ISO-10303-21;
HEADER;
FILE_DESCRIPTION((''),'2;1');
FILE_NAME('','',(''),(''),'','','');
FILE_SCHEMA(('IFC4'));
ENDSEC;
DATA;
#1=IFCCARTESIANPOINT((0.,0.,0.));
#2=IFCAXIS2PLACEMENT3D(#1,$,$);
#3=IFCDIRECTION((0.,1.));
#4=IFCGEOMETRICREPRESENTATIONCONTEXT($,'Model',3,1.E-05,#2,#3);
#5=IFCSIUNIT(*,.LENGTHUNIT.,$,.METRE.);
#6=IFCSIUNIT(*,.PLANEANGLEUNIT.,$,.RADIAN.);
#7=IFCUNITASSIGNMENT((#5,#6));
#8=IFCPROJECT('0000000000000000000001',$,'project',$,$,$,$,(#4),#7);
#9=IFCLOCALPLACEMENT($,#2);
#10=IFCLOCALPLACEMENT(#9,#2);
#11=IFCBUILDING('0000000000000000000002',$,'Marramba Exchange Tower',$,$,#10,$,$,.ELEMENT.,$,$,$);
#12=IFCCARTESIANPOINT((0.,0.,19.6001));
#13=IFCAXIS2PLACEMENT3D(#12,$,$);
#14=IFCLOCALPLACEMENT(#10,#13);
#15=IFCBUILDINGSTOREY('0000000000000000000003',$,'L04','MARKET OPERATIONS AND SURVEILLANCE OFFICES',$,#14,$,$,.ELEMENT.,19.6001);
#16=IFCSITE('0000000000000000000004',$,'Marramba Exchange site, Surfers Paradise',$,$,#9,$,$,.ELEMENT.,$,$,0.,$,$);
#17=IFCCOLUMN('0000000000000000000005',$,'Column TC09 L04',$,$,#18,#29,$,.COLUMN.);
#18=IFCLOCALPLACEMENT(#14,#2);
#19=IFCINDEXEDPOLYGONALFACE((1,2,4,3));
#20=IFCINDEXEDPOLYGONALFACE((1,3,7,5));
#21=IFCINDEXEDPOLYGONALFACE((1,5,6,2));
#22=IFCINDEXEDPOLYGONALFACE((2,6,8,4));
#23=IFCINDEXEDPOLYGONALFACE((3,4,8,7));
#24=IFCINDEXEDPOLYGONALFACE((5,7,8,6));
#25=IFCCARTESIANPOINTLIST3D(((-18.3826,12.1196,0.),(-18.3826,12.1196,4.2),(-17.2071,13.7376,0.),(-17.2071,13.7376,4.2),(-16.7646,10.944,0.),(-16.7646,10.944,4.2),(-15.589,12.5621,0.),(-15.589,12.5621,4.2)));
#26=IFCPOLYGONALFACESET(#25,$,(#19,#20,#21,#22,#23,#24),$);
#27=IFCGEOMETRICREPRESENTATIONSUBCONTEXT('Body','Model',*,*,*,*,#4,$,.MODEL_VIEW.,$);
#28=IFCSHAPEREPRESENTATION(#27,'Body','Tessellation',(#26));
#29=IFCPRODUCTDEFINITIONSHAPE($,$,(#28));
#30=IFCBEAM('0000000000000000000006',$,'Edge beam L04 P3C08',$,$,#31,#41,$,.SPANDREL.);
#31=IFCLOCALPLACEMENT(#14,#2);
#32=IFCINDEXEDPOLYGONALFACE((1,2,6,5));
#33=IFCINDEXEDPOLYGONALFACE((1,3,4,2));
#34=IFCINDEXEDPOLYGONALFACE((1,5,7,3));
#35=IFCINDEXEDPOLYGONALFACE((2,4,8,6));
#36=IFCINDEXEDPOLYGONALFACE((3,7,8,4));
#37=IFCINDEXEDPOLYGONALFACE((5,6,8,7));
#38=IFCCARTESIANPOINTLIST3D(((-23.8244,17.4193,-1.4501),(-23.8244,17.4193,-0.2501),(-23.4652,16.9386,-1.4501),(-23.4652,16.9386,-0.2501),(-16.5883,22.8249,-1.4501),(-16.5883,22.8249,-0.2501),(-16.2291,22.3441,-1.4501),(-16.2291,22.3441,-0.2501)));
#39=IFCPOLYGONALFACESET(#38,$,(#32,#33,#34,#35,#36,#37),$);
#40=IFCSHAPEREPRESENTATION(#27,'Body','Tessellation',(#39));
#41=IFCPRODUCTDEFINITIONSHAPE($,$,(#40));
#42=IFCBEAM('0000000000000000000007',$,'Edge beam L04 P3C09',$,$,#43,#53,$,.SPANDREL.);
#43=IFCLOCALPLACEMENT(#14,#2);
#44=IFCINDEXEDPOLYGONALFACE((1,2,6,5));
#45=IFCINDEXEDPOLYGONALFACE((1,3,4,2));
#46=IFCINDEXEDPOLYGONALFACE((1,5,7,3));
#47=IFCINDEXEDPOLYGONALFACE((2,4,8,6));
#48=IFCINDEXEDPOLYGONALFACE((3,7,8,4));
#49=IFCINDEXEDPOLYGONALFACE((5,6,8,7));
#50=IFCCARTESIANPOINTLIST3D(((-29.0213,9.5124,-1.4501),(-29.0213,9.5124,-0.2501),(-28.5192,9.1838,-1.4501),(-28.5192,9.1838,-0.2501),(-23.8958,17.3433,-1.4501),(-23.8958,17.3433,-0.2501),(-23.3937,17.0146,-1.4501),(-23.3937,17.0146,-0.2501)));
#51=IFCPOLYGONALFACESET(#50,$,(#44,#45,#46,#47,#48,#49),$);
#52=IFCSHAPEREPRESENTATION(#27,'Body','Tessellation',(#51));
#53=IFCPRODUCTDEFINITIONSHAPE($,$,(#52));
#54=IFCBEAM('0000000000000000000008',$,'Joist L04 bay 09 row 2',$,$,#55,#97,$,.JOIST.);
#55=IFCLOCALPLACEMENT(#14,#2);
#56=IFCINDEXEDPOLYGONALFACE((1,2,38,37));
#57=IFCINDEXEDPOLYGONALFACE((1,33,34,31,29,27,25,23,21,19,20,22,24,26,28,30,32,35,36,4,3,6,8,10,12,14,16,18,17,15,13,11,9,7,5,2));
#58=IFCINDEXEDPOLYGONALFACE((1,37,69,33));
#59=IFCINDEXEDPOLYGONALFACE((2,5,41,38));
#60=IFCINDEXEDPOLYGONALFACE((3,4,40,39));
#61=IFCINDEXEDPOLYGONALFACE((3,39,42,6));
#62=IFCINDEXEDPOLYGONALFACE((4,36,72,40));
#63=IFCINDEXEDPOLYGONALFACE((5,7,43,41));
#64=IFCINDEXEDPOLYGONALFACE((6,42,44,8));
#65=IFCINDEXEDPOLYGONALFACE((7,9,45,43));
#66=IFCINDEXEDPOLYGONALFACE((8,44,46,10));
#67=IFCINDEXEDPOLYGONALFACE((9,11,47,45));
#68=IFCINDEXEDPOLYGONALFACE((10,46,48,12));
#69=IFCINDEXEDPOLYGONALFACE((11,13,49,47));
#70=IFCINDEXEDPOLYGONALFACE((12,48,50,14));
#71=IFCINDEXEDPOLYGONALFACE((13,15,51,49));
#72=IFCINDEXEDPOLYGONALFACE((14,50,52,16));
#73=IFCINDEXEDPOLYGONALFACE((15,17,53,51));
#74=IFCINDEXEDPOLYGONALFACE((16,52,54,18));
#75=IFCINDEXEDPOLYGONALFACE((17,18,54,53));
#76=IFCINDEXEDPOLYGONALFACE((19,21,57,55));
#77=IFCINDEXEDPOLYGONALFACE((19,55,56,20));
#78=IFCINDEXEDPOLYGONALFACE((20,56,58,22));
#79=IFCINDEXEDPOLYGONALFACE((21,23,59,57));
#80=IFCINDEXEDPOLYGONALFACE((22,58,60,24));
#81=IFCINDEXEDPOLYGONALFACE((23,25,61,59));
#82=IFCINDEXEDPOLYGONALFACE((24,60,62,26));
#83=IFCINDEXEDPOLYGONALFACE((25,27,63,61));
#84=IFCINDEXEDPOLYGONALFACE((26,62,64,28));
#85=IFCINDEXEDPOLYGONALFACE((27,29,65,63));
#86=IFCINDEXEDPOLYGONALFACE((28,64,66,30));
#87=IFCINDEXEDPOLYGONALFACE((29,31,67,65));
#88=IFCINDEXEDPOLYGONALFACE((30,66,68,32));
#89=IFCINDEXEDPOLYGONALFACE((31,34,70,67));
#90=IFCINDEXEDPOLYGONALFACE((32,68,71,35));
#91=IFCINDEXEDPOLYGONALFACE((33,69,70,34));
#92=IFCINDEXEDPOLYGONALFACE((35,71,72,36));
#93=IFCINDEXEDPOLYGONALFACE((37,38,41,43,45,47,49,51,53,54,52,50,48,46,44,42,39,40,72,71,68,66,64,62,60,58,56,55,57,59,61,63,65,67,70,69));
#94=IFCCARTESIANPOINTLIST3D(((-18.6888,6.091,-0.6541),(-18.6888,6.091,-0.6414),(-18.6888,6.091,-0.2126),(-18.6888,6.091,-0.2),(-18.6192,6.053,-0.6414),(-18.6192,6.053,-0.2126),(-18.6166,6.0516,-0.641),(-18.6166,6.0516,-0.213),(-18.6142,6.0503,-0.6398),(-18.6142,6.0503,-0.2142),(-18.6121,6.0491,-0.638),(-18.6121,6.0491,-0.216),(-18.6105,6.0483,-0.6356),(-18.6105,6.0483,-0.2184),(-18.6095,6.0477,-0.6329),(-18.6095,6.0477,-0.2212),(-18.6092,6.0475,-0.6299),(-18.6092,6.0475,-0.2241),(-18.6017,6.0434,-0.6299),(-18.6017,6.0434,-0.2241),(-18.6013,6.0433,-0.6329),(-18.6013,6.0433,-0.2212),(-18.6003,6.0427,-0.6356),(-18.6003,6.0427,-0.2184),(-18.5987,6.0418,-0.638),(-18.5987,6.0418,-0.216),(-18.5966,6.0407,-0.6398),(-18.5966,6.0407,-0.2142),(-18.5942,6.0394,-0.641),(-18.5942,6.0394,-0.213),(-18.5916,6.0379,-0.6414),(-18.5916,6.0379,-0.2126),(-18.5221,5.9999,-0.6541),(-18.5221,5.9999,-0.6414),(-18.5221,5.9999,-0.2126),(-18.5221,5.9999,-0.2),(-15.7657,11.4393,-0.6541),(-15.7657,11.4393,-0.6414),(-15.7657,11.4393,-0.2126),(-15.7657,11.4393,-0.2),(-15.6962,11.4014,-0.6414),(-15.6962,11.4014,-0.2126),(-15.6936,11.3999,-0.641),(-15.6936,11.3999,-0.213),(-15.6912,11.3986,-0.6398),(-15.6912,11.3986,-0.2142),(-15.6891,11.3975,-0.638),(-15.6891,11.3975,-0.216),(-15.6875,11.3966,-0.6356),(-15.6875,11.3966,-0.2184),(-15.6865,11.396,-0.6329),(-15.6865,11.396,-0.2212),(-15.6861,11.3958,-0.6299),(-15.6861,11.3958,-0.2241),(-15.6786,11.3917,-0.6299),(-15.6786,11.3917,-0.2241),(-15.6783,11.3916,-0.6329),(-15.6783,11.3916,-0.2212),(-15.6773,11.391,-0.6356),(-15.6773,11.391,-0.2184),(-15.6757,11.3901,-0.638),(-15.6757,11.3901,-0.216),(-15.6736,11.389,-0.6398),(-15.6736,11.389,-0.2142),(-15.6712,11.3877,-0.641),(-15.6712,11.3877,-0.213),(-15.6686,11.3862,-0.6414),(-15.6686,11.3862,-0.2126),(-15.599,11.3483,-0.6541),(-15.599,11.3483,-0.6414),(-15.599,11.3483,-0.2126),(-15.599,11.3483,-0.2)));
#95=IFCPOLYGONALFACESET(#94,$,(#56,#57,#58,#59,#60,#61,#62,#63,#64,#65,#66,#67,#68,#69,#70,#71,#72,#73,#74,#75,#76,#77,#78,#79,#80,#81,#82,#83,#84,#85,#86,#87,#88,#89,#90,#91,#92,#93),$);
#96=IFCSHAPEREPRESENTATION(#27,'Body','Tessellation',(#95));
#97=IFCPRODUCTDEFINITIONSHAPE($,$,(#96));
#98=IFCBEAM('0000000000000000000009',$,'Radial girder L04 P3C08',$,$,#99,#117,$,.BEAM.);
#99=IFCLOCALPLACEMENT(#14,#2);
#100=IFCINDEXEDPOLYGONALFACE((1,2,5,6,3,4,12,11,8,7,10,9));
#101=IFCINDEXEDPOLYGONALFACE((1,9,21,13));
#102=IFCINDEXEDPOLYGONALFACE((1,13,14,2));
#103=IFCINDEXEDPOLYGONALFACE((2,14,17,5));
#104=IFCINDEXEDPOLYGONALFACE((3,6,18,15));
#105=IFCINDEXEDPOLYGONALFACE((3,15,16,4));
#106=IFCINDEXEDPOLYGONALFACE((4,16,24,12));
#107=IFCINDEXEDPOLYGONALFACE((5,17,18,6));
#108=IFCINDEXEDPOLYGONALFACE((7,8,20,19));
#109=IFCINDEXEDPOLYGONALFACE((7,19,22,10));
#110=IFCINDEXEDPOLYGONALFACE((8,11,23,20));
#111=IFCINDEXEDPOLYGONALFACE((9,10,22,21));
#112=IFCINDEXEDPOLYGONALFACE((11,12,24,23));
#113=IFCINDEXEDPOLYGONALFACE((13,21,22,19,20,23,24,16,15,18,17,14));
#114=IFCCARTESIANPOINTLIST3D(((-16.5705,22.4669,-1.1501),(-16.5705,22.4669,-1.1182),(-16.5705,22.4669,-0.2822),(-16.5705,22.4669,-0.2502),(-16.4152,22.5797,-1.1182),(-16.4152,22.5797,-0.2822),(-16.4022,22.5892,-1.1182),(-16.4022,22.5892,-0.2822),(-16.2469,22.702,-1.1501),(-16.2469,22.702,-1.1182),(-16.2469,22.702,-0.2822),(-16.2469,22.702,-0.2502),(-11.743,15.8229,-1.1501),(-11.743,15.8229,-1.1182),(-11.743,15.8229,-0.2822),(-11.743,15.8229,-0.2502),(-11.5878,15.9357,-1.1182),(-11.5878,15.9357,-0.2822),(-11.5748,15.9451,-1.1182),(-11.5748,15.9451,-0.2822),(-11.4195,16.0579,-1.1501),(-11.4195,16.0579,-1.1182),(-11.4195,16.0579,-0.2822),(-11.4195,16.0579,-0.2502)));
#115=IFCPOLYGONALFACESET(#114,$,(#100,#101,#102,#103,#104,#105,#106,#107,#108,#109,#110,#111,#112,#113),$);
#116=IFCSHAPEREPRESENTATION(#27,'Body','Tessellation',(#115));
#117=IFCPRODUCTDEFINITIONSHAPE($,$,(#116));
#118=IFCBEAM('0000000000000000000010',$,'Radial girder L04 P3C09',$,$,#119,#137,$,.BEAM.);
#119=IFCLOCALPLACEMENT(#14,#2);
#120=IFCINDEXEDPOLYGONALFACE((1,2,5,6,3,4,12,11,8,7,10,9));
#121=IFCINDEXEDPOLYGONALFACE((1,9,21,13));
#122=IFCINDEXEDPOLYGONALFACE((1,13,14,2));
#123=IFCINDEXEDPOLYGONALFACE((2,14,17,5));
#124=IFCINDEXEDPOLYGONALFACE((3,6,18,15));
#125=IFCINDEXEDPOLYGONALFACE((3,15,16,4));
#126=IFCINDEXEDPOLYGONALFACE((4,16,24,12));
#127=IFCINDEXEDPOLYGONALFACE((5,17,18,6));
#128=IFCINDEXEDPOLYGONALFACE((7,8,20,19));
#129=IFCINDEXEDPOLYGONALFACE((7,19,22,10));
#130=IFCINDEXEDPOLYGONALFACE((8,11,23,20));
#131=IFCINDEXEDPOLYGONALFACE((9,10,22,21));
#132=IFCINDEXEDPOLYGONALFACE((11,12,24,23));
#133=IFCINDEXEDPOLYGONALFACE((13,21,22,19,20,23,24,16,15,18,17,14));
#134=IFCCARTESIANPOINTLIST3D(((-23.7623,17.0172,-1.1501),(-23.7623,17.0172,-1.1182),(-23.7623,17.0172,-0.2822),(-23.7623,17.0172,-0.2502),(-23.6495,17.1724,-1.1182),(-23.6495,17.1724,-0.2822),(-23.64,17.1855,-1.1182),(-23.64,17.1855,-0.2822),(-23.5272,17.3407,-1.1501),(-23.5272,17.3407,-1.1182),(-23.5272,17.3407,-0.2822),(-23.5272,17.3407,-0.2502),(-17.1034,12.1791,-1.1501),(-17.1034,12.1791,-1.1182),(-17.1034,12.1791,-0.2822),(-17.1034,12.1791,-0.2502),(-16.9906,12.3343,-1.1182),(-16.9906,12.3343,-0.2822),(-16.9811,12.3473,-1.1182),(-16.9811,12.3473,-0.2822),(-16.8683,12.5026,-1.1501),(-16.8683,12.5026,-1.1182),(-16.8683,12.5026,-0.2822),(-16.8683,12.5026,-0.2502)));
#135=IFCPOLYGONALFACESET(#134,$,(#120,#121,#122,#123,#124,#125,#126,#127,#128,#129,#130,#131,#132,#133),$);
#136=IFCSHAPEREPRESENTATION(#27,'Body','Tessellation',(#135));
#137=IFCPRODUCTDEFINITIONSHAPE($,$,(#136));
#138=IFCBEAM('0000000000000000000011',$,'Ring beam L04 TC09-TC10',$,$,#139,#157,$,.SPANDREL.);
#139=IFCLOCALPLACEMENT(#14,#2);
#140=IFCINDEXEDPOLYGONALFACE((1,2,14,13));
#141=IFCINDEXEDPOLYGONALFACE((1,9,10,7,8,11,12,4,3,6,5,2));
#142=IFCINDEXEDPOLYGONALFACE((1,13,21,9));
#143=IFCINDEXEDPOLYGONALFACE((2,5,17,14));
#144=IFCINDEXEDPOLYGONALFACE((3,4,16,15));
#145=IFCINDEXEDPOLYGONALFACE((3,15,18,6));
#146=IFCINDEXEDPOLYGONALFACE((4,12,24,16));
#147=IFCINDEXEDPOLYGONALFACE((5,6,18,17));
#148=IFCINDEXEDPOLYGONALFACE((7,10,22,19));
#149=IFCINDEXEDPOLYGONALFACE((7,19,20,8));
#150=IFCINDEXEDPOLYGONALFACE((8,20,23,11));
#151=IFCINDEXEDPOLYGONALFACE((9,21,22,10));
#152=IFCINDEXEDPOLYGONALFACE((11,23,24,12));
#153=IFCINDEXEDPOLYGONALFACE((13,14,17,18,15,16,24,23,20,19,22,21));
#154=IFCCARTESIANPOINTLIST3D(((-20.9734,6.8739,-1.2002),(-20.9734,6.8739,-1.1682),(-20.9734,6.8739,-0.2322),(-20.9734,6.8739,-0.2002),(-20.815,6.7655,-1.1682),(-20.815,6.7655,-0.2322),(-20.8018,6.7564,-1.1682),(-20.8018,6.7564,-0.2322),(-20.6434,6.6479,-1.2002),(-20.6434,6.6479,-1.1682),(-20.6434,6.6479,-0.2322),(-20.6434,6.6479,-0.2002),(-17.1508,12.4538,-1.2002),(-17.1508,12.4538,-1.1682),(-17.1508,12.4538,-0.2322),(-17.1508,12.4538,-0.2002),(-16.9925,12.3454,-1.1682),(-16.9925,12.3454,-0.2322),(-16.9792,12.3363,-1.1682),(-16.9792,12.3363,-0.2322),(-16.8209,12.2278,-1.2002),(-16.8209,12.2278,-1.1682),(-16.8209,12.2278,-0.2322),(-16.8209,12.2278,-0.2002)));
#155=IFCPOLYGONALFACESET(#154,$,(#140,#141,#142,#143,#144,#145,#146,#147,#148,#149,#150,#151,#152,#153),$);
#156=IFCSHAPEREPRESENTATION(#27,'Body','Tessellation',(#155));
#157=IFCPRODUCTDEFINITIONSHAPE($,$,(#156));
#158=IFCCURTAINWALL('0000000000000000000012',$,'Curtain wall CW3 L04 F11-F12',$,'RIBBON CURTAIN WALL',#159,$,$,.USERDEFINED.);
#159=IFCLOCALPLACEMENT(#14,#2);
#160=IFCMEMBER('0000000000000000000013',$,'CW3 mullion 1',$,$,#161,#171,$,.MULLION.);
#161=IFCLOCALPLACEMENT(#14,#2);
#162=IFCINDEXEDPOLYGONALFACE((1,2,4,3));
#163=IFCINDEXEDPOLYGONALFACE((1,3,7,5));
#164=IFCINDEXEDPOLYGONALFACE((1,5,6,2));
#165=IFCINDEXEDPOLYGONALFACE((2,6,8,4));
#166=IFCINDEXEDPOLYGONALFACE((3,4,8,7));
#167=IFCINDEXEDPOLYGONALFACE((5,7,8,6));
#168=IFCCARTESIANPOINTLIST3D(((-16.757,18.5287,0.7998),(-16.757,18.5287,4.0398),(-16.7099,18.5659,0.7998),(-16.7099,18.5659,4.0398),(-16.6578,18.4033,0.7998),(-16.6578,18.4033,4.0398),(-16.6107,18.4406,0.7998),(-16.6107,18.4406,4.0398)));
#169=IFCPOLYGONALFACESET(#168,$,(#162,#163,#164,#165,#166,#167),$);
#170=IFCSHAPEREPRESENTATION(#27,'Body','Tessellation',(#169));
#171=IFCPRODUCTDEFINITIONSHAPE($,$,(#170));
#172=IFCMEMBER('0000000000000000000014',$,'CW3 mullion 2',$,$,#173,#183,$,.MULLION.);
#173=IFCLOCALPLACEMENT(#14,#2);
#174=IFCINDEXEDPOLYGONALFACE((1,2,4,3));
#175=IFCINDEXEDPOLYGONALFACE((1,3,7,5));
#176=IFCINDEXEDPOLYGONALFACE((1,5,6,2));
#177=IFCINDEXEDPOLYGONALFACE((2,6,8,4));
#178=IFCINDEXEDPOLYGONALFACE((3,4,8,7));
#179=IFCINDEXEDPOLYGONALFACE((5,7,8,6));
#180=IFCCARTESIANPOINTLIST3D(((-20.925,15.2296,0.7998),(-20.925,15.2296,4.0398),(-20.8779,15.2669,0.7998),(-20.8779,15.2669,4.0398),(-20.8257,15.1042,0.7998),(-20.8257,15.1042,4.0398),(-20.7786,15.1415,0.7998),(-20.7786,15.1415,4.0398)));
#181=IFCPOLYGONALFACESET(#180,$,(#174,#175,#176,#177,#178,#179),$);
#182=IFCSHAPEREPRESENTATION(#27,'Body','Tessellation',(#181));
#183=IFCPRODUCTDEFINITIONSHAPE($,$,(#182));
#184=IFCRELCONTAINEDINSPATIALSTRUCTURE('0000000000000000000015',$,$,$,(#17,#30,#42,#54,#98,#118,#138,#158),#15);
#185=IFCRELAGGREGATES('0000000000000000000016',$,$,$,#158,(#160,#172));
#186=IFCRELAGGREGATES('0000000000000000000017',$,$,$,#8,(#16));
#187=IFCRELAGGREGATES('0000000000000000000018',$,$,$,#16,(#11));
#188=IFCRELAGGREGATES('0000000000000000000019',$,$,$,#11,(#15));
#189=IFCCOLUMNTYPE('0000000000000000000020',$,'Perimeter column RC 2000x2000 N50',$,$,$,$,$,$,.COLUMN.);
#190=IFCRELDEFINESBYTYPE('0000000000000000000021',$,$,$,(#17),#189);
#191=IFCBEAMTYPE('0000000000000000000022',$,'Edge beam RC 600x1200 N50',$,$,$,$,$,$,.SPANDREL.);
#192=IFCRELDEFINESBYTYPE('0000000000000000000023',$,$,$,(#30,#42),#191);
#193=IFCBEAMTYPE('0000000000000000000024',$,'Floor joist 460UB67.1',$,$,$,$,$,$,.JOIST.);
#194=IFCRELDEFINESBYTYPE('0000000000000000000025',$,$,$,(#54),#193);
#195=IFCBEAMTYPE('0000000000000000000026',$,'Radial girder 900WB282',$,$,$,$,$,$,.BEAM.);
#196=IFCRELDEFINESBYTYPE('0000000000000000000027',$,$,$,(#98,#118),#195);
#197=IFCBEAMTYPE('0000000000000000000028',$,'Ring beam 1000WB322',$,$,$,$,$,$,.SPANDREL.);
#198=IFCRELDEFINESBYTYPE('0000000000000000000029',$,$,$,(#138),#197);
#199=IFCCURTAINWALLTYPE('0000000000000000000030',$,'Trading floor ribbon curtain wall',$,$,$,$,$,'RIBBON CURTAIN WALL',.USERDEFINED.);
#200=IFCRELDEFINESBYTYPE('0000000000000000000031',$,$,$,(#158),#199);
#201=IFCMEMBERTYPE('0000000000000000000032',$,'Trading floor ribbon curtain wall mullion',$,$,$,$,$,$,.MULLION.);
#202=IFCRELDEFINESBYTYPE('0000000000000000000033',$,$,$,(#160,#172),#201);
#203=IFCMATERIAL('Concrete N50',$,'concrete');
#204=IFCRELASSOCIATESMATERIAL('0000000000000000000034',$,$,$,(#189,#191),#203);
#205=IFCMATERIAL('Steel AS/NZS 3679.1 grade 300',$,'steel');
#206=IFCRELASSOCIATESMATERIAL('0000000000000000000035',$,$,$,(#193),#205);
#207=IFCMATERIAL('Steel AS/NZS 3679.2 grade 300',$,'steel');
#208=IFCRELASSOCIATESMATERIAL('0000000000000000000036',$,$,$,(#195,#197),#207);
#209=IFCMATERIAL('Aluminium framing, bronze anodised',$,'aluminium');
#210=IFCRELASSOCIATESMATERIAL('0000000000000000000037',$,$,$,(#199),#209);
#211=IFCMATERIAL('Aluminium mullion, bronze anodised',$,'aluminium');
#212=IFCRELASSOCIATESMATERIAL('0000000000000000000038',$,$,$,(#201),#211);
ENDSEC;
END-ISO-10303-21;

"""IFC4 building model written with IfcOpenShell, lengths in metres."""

from ifc_helpers import new_model, si_unit, direction, frame, origin, origin_2d, place, context, subcontext, project, spatial, rectangle, i_section, extrude, material, material_profile, profile_set, type_object, element, aggregate, save


model = new_model("IFC4")

# Units and contexts
model_context = context("Model", 3, precision=1e-05, world=origin(), true_north=direction((0.0, 1.0)))
body_context = subcontext(model_context, "Body", "Model", "MODEL_VIEW")
ifc_project = project(units=[si_unit("LENGTHUNIT", "METRE"), si_unit("PLANEANGLEUNIT", "RADIAN")], contexts=[model_context])

# Site, building, storey
site_placement = place(None, origin())
site = spatial("IfcSite", under=ifc_project, at=site_placement, Name="Marramba Exchange site, Surfers Paradise", CompositionType="ELEMENT", RefElevation=0.0)
building_placement = place(site_placement, origin())
building = spatial("IfcBuilding", under=site, at=building_placement, Name="Marramba Exchange Tower", CompositionType="ELEMENT")
storey_placement = place(building_placement, frame((0.0, 0.0, 19.6001)))
storey = spatial("IfcBuildingStorey", under=building, at=storey_placement, Name="L04", Description="MARKET OPERATIONS AND SURVEILLANCE OFFICES", CompositionType="ELEMENT", Elevation=19.6001)

# Column
ifc_material_1 = material(Name="Concrete N50", Category="concrete")
ifc_material_profile_1 = material_profile(ifc_material_1, rectangle(XDim=2.0, YDim=2.0, at=origin_2d()), Name="RC 2000x2000")
ifc_profile_set_1 = profile_set([ifc_material_profile_1], Name="Concrete N50")
column_type = type_object("IfcColumnType", Name="Perimeter column RC 2000x2000 N50", PredefinedType="COLUMN", material=ifc_profile_set_1)
column_placement = place(storey_placement, frame((-16.9858, 12.3408, 0.0), z_axis=(0.0, 0.0, 1.0), x_axis=(-0.809017, 0.587785, 0.0)))
element("IfcColumn", 1, at=column_placement, inside=storey, type_object=column_type, Name="Column TC09 L04", PredefinedType="COLUMN", context=body_context, shape_type="SweptSolid", body=[
    extrude(rectangle(XDim=2.0, YDim=2.0, at=origin_2d()), origin(), (0.0, 0.0, 1.0), 4.2),
])

# Beams
ifc_material_profile_2 = material_profile(ifc_material_1, rectangle(XDim=0.6001, YDim=1.2, at=origin_2d()), Name="RC 600x1200")
ifc_profile_set_2 = profile_set([ifc_material_profile_2], Name="Concrete N50")
beam_type_1 = type_object("IfcBeamType", Name="Edge beam RC 600x1200 N50", PredefinedType="SPANDREL", material=ifc_profile_set_2)
beam_1_placement = place(storey_placement, frame((-16.4087, 22.5845, -0.8501), z_axis=(-0.801144, -0.598472, 0.0), x_axis=(0.598472, -0.801144, 0.0)))
element("IfcBeam", 2, at=beam_1_placement, inside=storey, type_object=beam_type_1, Name="Edge beam L04 P3C08", PredefinedType="SPANDREL", context=body_context, shape_type="SweptSolid", body=[
    extrude(rectangle(XDim=0.6001, YDim=1.2, at=origin_2d()), origin(), (0.0, 0.0, 1.0), 9.0322),
])
beam_2_placement = place(storey_placement, frame((-23.6448, 17.179, -0.8501), z_axis=(-0.547649, -0.836708, 0.0), x_axis=(0.836708, -0.547649, 0.0)))
element("IfcBeam", 3, at=beam_2_placement, inside=storey, type_object=beam_type_1, Name="Edge beam L04 P3C09", PredefinedType="SPANDREL", context=body_context, shape_type="SweptSolid", body=[
    extrude(rectangle(XDim=0.6001, YDim=1.2, at=origin_2d()), origin(), (0.0, 0.0, 1.0), 9.3591),
])
ifc_material_2 = material(Name="Steel AS/NZS 3679.1 grade 300", Category="steel")
ifc_material_profile_3 = material_profile(ifc_material_2, i_section(OverallWidth=0.1899, OverallDepth=0.4541, WebThickness=0.0085, FlangeThickness=0.0127, FilletRadius=0.0115, at=origin_2d()), Name="460UB67.1")
ifc_profile_set_3 = profile_set([ifc_material_profile_3], Name="Steel AS/NZS 3679.1 grade 300")
beam_type_2 = type_object("IfcBeamType", Name="Floor joist 460UB67.1", PredefinedType="JOIST", material=ifc_profile_set_3)
beam_3_placement = place(storey_placement, frame((-15.6824, 11.3938, -0.427), z_axis=(-0.479584, -0.877496, 0.0), x_axis=(0.877496, -0.479584, 0.0)))
element("IfcBeam", 4, at=beam_3_placement, inside=storey, type_object=beam_type_2, Name="Joist L04 bay 09 row 2", PredefinedType="JOIST", context=body_context, shape_type="SweptSolid", body=[
    extrude(i_section(OverallWidth=0.1899, OverallDepth=0.4541, WebThickness=0.0085, FlangeThickness=0.0127, FilletRadius=0.0115, at=origin_2d()), origin(), (0.0, 0.0, 1.0), 6.095),
])
ifc_material_3 = material(Name="Steel AS/NZS 3679.2 grade 300", Category="steel")
ifc_material_profile_4 = material_profile(ifc_material_3, i_section(OverallWidth=0.3999, OverallDepth=0.8999, WebThickness=0.0161, FlangeThickness=0.032, at=origin_2d()), Name="900WB282")
ifc_profile_set_4 = profile_set([ifc_material_profile_4], Name="Steel AS/NZS 3679.2 grade 300")
beam_type_3 = type_object("IfcBeamType", Name="Radial girder 900WB282", PredefinedType="BEAM", material=ifc_profile_set_4)
beam_4_placement = place(storey_placement, frame((-16.4087, 22.5845, -0.7002), z_axis=(0.587802, -0.809005, 0.0), x_axis=(0.809005, 0.587802, 0.0)))
element("IfcBeam", 5, at=beam_4_placement, inside=storey, type_object=beam_type_3, Name="Radial girder L04 P3C08", PredefinedType="BEAM", context=body_context, shape_type="SweptSolid", body=[
    extrude(i_section(OverallWidth=0.3999, OverallDepth=0.8999, WebThickness=0.0161, FlangeThickness=0.032, at=origin_2d()), origin(), (0.0, 0.0, 1.0), 8.2126),
])
beam_5_placement = place(storey_placement, frame((-23.6448, 17.179, -0.7002), z_axis=(0.809009, -0.587796, 0.0), x_axis=(0.587796, 0.809009, 0.0)))
element("IfcBeam", 6, at=beam_5_placement, inside=storey, type_object=beam_type_3, Name="Radial girder L04 P3C09", PredefinedType="BEAM", context=body_context, shape_type="SweptSolid", body=[
    extrude(i_section(OverallWidth=0.3999, OverallDepth=0.8999, WebThickness=0.0161, FlangeThickness=0.032, at=origin_2d()), origin(), (0.0, 0.0, 1.0), 8.231),
])
ifc_material_profile_5 = material_profile(ifc_material_3, i_section(OverallWidth=0.3999, OverallDepth=1.0, WebThickness=0.0161, FlangeThickness=0.032, at=origin_2d()), Name="1000WB322")
ifc_profile_set_5 = profile_set([ifc_material_profile_5], Name="Steel AS/NZS 3679.2 grade 300")
beam_type_4 = type_object("IfcBeamType", Name="Ring beam 1000WB322", PredefinedType="SPANDREL", material=ifc_profile_set_5)
beam_6_placement = place(storey_placement, frame((-16.9858, 12.3408, -0.7002), z_axis=(-0.56516, -0.824981, 0.0), x_axis=(0.824981, -0.56516, 0.0)))
element("IfcBeam", 7, at=beam_6_placement, inside=storey, type_object=beam_type_4, Name="Ring beam L04 TC09-TC10", PredefinedType="SPANDREL", context=body_context, shape_type="SweptSolid", body=[
    extrude(i_section(OverallWidth=0.3999, OverallDepth=1.0, WebThickness=0.0161, FlangeThickness=0.032, at=origin_2d()), origin(), (0.0, 0.0, 1.0), 6.7637),
])

# Curtain wall, members
ifc_material_4 = material(Name="Aluminium framing, bronze anodised", Category="aluminium")
curtain_wall_type = type_object("IfcCurtainWallType", Name="Trading floor ribbon curtain wall", ElementType="RIBBON CURTAIN WALL", PredefinedType="USERDEFINED", material=ifc_material_4)
curtain_wall_1_placement = place(storey_placement, origin())
curtain_wall_1 = element("IfcCurtainWall", 8, at=curtain_wall_1_placement, inside=storey, type_object=curtain_wall_type, Name="Curtain wall CW3 L04 F11-F12", ObjectType="RIBBON CURTAIN WALL", PredefinedType="USERDEFINED")
ifc_material_5 = material(Name="Aluminium mullion, bronze anodised", Category="aluminium")
ifc_material_profile_6 = material_profile(ifc_material_5, rectangle(XDim=0.1599, YDim=0.0601, at=origin_2d()), Name="CW3 mullion 60x160")
ifc_profile_set_6 = profile_set([ifc_material_profile_6], Name="Aluminium mullion, bronze anodised")
member_type_1 = type_object("IfcMemberType", Name="Trading floor ribbon curtain wall mullion", PredefinedType="MULLION", material=ifc_profile_set_6)
member_1_placement = place(storey_placement, frame((-16.6838, 18.4846, 0.7998), z_axis=(0.0, 0.0, 1.0), x_axis=(0.62065, -0.784088, 0.0)))
member_1 = element("IfcMember", 9, at=member_1_placement, type_object=member_type_1, Name="CW3 mullion 1", PredefinedType="MULLION", context=body_context, shape_type="SweptSolid", body=[
    extrude(rectangle(XDim=0.1599, YDim=0.0601, at=origin_2d()), origin(), (0.0, 0.0, 1.0), 3.24),
])
member_2_placement = place(storey_placement, frame((-20.8518, 15.1855, 0.7998), z_axis=(0.0, 0.0, 1.0), x_axis=(0.62065, -0.784088, 0.0)))
member_2 = element("IfcMember", 10, at=member_2_placement, type_object=member_type_1, Name="CW3 mullion 2", PredefinedType="MULLION", context=body_context, shape_type="SweptSolid", body=[
    extrude(rectangle(XDim=0.1599, YDim=0.0601, at=origin_2d()), origin(), (0.0, 0.0, 1.0), 3.24),
])

aggregate(curtain_wall_1, [member_1, member_2])

save(model, "model.ifc")
